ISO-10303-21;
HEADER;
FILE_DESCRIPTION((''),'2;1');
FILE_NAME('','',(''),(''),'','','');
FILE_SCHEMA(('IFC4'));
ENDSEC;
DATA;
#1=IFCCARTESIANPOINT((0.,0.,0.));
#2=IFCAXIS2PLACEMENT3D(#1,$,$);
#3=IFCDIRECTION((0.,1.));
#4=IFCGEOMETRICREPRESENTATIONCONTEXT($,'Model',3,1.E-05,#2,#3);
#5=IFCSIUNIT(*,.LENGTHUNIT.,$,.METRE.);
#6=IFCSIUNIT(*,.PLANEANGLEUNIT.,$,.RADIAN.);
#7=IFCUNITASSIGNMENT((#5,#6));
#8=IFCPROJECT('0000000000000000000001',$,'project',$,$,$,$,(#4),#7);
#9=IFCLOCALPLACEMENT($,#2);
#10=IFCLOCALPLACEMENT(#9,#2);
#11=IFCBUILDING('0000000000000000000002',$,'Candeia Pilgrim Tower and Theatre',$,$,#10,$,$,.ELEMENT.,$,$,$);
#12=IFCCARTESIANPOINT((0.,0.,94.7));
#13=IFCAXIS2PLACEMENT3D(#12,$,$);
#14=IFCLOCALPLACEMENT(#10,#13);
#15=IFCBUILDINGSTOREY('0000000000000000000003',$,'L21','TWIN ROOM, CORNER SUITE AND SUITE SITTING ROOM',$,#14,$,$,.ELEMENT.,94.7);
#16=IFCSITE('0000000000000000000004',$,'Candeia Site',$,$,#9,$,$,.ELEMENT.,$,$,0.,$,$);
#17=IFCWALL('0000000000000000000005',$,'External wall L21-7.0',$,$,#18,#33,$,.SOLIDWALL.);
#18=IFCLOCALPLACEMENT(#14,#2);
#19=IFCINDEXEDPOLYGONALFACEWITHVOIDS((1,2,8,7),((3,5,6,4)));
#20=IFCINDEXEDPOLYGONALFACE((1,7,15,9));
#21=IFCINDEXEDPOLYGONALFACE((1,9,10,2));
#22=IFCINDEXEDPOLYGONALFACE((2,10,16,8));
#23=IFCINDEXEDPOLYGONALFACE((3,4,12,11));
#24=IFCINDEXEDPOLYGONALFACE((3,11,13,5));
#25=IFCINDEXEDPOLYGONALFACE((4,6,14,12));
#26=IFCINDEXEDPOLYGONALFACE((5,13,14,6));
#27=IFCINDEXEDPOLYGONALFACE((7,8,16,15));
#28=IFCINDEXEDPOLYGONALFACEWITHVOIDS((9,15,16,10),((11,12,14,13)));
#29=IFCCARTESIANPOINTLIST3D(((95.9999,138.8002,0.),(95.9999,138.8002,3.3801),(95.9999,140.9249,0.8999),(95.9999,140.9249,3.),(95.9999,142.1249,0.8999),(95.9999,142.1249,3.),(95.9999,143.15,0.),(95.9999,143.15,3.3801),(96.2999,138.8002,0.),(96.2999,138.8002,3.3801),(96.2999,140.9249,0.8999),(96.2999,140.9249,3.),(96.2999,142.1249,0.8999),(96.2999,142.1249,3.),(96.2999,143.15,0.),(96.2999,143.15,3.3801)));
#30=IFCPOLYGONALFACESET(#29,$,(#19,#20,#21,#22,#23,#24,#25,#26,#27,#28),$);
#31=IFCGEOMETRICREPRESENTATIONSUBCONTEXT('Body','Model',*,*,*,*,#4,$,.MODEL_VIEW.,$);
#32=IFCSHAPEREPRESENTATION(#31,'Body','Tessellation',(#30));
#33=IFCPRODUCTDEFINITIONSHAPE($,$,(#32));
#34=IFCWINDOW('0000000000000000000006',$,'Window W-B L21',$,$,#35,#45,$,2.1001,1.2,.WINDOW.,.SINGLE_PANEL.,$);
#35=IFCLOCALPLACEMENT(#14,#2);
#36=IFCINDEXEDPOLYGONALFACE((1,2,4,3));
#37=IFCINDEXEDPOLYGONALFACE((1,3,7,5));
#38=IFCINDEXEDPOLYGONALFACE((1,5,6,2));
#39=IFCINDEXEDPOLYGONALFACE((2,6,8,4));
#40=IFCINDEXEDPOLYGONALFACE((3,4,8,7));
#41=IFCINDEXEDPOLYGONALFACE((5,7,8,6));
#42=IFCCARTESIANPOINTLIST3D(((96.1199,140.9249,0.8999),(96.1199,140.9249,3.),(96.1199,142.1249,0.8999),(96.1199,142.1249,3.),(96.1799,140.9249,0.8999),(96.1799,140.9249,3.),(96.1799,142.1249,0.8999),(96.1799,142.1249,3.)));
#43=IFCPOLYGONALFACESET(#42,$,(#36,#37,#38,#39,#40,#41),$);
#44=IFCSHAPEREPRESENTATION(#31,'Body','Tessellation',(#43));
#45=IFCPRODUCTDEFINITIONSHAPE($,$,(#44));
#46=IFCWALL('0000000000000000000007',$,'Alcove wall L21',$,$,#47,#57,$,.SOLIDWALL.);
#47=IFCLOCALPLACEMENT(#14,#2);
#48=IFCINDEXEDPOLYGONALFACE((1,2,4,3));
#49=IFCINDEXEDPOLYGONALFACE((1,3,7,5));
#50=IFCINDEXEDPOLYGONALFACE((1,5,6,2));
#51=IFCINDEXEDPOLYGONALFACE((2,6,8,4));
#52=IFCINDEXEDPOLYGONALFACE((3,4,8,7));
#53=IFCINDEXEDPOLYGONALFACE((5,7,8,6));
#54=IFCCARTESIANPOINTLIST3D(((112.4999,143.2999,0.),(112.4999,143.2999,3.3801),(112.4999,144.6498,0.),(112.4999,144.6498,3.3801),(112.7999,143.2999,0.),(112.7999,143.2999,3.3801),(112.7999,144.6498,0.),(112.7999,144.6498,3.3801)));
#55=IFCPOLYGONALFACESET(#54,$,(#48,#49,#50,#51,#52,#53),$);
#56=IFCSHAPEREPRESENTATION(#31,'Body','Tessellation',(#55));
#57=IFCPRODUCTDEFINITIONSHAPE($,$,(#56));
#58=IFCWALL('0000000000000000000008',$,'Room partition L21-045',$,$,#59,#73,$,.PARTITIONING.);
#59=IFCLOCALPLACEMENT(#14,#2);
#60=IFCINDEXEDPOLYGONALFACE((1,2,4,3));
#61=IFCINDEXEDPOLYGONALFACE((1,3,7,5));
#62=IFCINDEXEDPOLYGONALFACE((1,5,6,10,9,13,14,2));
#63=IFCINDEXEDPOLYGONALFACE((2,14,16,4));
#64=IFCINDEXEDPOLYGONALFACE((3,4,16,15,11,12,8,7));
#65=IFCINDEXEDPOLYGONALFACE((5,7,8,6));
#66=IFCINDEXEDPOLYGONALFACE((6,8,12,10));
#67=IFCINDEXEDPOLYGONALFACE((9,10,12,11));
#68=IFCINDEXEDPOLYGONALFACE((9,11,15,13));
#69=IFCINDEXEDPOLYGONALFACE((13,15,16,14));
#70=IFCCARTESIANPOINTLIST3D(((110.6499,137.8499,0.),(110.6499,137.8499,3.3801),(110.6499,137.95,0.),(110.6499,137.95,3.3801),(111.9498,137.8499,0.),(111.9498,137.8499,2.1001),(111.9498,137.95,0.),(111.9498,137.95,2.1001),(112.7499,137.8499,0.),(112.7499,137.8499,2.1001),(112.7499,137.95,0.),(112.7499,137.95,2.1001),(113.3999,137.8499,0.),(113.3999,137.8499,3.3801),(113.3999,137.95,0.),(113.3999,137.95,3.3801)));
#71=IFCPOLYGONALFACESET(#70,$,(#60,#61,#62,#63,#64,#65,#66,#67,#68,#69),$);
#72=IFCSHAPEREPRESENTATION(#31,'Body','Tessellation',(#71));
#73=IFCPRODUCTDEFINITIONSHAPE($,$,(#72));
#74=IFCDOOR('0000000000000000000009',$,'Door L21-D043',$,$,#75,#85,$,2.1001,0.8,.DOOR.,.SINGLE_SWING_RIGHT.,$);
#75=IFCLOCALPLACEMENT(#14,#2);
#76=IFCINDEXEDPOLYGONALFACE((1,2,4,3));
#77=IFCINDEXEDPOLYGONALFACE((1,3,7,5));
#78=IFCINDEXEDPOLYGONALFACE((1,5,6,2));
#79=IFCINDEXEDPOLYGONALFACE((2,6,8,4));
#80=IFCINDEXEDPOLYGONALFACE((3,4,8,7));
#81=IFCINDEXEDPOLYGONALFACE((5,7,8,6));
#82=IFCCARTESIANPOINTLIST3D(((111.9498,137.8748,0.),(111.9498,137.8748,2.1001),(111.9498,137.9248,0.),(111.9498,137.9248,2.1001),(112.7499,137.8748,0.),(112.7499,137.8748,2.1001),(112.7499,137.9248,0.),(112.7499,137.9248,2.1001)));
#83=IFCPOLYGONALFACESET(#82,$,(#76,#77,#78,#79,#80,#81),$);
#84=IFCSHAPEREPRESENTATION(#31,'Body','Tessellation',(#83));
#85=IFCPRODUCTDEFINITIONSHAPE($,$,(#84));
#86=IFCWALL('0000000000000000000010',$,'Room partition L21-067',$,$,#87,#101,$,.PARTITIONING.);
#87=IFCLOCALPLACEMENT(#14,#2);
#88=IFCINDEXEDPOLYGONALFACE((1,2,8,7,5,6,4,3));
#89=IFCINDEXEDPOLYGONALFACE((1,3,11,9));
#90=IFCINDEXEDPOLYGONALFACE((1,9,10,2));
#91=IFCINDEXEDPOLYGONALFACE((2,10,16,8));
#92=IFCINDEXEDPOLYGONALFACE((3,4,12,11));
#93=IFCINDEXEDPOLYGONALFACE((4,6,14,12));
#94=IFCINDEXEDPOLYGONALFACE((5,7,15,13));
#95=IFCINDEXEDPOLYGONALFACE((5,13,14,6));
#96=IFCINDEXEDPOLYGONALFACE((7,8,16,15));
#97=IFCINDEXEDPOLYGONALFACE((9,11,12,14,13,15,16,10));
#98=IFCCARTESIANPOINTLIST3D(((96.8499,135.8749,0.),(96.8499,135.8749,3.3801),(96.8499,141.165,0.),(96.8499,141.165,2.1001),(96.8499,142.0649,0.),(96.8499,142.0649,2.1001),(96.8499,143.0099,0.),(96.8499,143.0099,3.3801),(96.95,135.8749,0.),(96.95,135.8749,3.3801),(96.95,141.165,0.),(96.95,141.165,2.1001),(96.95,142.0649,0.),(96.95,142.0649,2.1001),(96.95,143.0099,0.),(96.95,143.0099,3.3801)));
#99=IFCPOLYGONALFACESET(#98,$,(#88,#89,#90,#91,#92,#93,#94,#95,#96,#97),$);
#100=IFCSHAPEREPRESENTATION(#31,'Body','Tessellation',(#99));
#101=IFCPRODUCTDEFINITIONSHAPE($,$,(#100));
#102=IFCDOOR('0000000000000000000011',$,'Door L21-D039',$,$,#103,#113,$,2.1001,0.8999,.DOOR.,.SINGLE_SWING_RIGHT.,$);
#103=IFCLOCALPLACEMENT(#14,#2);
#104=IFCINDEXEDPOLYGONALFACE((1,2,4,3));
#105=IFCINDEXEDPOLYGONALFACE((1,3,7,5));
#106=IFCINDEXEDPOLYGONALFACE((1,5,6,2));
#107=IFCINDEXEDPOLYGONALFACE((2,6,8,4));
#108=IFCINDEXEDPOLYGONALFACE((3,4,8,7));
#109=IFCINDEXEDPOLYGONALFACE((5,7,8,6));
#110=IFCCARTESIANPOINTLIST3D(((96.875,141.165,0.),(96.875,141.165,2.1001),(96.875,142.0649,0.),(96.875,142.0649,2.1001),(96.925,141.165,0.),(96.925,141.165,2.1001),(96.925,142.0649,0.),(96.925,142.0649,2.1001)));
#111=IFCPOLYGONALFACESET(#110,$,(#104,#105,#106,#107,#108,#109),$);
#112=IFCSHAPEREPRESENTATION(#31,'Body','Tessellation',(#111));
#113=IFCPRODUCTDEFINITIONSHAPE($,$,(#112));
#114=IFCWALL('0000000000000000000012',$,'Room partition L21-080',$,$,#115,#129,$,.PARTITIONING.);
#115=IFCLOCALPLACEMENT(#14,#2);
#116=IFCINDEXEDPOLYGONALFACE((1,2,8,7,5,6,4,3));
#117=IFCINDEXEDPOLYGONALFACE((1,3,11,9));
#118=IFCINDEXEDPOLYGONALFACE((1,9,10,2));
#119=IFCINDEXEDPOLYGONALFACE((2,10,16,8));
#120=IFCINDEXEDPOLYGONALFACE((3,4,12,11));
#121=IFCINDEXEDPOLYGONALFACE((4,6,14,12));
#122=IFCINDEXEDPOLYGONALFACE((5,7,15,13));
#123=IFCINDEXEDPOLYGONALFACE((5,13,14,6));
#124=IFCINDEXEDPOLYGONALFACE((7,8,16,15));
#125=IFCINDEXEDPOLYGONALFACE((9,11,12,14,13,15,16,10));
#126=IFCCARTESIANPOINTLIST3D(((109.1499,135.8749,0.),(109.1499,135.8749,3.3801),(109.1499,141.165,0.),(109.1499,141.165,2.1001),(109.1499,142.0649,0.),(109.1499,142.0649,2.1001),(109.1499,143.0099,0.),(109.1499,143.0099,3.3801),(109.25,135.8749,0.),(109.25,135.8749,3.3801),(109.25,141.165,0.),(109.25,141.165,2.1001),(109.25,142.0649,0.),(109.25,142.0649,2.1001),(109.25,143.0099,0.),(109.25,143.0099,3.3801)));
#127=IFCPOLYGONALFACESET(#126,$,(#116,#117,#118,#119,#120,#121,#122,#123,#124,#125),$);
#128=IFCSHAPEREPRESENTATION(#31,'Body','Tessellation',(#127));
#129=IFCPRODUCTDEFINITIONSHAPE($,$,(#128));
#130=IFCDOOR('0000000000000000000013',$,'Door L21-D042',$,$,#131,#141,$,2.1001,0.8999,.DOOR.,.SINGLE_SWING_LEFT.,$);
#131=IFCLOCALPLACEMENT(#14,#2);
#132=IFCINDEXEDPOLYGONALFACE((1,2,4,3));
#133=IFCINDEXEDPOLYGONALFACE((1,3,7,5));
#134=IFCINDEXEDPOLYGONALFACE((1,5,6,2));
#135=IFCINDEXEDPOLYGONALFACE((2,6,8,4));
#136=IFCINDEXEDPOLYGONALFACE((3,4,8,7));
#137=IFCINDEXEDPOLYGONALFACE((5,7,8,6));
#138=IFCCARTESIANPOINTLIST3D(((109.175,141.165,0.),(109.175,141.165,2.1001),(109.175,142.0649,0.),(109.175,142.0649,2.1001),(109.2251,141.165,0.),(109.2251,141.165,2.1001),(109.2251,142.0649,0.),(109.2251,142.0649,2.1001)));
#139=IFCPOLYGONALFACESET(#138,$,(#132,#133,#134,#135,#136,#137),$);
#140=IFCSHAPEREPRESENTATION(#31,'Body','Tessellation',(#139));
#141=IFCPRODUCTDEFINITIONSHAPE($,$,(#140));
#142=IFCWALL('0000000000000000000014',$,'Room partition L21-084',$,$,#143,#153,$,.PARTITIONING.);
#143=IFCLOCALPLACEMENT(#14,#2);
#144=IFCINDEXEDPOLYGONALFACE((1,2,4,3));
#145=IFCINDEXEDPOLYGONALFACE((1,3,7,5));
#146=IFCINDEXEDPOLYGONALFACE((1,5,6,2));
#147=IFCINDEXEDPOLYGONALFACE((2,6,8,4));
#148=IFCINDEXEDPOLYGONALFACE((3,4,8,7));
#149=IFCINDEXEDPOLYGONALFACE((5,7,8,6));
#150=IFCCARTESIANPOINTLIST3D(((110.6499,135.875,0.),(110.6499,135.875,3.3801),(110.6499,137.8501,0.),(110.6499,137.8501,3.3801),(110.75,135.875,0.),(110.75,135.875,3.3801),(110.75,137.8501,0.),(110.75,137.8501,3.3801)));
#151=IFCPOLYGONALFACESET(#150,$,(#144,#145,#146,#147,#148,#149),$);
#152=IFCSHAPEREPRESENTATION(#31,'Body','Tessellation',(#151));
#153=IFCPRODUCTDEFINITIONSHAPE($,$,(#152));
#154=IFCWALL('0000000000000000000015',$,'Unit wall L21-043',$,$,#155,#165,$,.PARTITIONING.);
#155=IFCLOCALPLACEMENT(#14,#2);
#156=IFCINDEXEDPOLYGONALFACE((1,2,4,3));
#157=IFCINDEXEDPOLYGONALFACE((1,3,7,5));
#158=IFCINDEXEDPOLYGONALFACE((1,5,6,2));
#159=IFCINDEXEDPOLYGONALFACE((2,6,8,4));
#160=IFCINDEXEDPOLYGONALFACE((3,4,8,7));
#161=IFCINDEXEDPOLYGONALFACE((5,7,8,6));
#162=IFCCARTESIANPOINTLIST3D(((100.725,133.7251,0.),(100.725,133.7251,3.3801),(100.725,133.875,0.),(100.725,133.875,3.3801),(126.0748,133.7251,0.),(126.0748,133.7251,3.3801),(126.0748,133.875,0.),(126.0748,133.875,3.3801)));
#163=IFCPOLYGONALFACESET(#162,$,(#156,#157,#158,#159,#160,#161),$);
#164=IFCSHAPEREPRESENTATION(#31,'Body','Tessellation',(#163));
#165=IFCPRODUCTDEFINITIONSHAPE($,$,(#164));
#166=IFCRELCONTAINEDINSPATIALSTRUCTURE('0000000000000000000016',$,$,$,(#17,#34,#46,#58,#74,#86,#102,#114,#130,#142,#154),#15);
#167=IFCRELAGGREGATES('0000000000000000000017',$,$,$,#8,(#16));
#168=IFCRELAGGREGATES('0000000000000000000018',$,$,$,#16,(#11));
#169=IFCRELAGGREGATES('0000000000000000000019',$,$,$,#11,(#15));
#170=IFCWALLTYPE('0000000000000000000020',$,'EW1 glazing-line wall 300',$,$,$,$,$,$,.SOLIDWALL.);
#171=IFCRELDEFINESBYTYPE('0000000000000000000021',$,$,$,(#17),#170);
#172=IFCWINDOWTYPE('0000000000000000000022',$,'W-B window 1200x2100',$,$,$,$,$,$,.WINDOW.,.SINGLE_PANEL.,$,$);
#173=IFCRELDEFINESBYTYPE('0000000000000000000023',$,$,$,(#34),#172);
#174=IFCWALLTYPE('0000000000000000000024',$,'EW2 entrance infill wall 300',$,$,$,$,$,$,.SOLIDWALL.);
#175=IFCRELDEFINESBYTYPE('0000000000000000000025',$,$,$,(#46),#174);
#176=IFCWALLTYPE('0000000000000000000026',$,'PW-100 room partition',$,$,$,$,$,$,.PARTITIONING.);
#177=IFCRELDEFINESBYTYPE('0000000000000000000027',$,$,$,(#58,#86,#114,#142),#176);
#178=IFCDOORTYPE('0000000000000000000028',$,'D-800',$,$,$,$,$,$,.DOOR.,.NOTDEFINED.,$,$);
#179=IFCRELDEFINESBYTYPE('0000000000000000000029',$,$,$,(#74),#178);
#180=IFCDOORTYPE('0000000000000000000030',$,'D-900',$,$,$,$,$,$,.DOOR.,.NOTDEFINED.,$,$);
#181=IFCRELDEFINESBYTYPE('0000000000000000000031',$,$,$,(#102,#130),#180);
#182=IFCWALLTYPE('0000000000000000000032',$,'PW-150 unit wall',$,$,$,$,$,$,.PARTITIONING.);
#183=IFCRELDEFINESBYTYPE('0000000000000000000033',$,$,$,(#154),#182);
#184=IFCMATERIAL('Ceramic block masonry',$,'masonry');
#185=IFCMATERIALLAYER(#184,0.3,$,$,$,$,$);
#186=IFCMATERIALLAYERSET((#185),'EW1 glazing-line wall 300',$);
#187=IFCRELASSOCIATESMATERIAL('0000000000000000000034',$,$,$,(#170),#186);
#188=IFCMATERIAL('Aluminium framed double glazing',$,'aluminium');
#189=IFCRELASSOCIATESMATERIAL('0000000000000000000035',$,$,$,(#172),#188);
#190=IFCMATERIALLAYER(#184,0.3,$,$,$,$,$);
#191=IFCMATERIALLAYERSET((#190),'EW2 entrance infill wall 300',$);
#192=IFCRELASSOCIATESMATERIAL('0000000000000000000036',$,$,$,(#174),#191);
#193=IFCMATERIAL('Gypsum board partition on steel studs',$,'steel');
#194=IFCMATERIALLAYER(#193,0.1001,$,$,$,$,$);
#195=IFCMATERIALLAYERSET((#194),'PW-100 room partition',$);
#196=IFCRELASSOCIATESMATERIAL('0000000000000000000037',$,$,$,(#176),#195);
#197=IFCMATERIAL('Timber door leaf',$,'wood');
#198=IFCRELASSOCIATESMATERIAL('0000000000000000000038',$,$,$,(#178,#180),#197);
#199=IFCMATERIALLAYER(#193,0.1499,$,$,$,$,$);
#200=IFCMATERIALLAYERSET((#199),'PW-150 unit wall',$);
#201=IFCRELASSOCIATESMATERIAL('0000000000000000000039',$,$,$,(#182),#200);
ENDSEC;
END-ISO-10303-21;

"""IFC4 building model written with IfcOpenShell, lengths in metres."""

from ifc_helpers import new_model, si_unit, direction, frame, frame_2d, origin, place, context, subcontext, project, spatial, rectangle, extrude, material, layer, layer_set, type_object, element, fill, save


model = new_model("IFC4")

# Units and contexts
model_context = context("Model", 3, precision=1e-05, world=origin(), true_north=direction((0.0, 1.0)))
body_context = subcontext(model_context, "Body", "Model", "MODEL_VIEW")
ifc_project = project(units=[si_unit("LENGTHUNIT", "METRE"), si_unit("PLANEANGLEUNIT", "RADIAN")], contexts=[model_context])

# Site, building, storey
site_placement = place(None, origin())
site = spatial("IfcSite", under=ifc_project, at=site_placement, Name="Candeia Site", CompositionType="ELEMENT", RefElevation=0.0)
building_placement = place(site_placement, origin())
building = spatial("IfcBuilding", under=site, at=building_placement, Name="Candeia Pilgrim Tower and Theatre", CompositionType="ELEMENT")
storey_placement = place(building_placement, frame((0.0, 0.0, 94.7)))
storey = spatial("IfcBuildingStorey", under=building, at=storey_placement, Name="L21", Description="TWIN ROOM, CORNER SUITE AND SUITE SITTING ROOM", CompositionType="ELEMENT", Elevation=94.7)

# Shared definitions
ifc_material_1 = material(Name="Ceramic block masonry", Category="masonry")
ifc_layer_1 = layer(ifc_material_1, 0.3)
ifc_layer_set_1 = layer_set([ifc_layer_1], Name="EW1 glazing-line wall 300")
wall_type_1 = type_object("IfcWallType", Name="EW1 glazing-line wall 300", PredefinedType="SOLIDWALL", material=ifc_layer_set_1)
ifc_material_2 = material(Name="Aluminium framed double glazing", Category="aluminium")

# Wall, opening, window
wall_1_placement = place(storey_placement, frame((96.1499, 143.1499, 0.0), z_axis=(0.0, 0.0, 1.0), x_axis=(0.0, -1.0, 0.0)))
wall_1 = element("IfcWall", 1, at=wall_1_placement, inside=storey, type_object=wall_type_1, Name="External wall L21-7.0", PredefinedType="SOLIDWALL", context=body_context, shape_type="SweptSolid", body=[
    extrude(rectangle(XDim=4.3499, YDim=0.3, at=frame_2d((2.1748, 0.0))), origin(), (0.0, 0.0, 1.0), 3.3801),
])
opening_1_placement = place(wall_1_placement, frame((1.0249, 0.0, 0.8999)))
opening_1 = element("IfcOpeningElement", 2, at=opening_1_placement, cuts=wall_1, PredefinedType="OPENING", context=body_context, shape_type="SweptSolid", body=[
    extrude(rectangle(XDim=1.2, YDim=2.1001, at=frame_2d((0.6001, 1.05))), frame((0.0, 0.1602, 0.0), z_axis=(0.0, -1.0, 0.0), x_axis=(1.0, 0.0, 0.0)), (0.0, 0.0, 1.0), 0.3201),
])
window_type_1 = type_object("IfcWindowType", Name="W-B window 1200x2100", PartitioningType="SINGLE_PANEL", PredefinedType="WINDOW", material=ifc_material_2)
window_1_placement = place(opening_1_placement, origin())
window_1 = element("IfcWindow", 3, at=window_1_placement, inside=storey, type_object=window_type_1, Name="Window W-B L21", OverallHeight=2.1001, OverallWidth=1.2, PartitioningType="SINGLE_PANEL", PredefinedType="WINDOW", context=body_context, shape_type="SweptSolid", body=[
    extrude(rectangle(XDim=1.2, YDim=2.1001, at=frame_2d((0.6001, 1.05))), frame((0.0, 0.03, 0.0), z_axis=(0.0, -1.0, 0.0), x_axis=(1.0, 0.0, 0.0)), (0.0, 0.0, 1.0), 0.0601),
])
fill(opening_1, window_1)

# Wall
ifc_layer_2 = layer(ifc_material_1, 0.3)
ifc_layer_set_2 = layer_set([ifc_layer_2], Name="EW2 entrance infill wall 300")
wall_type_2 = type_object("IfcWallType", Name="EW2 entrance infill wall 300", PredefinedType="SOLIDWALL", material=ifc_layer_set_2)
wall_2_placement = place(storey_placement, frame((112.6499, 143.3, 0.0), z_axis=(0.0, 0.0, 1.0), x_axis=(0.0, 1.0, 0.0)))
element("IfcWall", 4, at=wall_2_placement, inside=storey, type_object=wall_type_2, Name="Alcove wall L21", PredefinedType="SOLIDWALL", context=body_context, shape_type="SweptSolid", body=[
    extrude(rectangle(XDim=1.3499, YDim=0.3, at=frame_2d((0.6748, 0.0))), origin(), (0.0, 0.0, 1.0), 3.3801),
])

# Walls, openings, doors
ifc_material_3 = material(Name="Gypsum board partition on steel studs", Category="steel")
ifc_layer_3 = layer(ifc_material_3, 0.1001)
ifc_layer_set_3 = layer_set([ifc_layer_3], Name="PW-100 room partition")
wall_type_3 = type_object("IfcWallType", Name="PW-100 room partition", PredefinedType="PARTITIONING", material=ifc_layer_set_3)
wall_3_placement = place(storey_placement, frame((110.6499, 137.8999, 0.0), z_axis=(0.0, 0.0, 1.0), x_axis=(1.0, 0.0, 0.0)))
wall_3 = element("IfcWall", 5, at=wall_3_placement, inside=storey, type_object=wall_type_3, Name="Room partition L21-045", PredefinedType="PARTITIONING", context=body_context, shape_type="SweptSolid", body=[
    extrude(rectangle(XDim=2.75, YDim=0.1001, at=frame_2d((1.375, 0.0))), origin(), (0.0, 0.0, 1.0), 3.3801),
])
opening_2_placement = place(wall_3_placement, frame((1.3, 0.0, 0.0)))
opening_2 = element("IfcOpeningElement", 6, at=opening_2_placement, cuts=wall_3, PredefinedType="OPENING", context=body_context, shape_type="SweptSolid", body=[
    extrude(rectangle(XDim=0.8, YDim=2.1001, at=frame_2d((0.3999, 1.05))), frame((0.0, 0.0601, 0.0), z_axis=(0.0, -1.0, 0.0), x_axis=(1.0, 0.0, 0.0)), (0.0, 0.0, 1.0), 0.1201),
])
ifc_material_4 = material(Name="Timber door leaf", Category="wood")
door_type_1 = type_object("IfcDoorType", Name="D-800", OperationType="NOTDEFINED", PredefinedType="DOOR", material=ifc_material_4)
door_1_placement = place(opening_2_placement, origin())
door_1 = element("IfcDoor", 7, at=door_1_placement, inside=storey, type_object=door_type_1, Name="Door L21-D043", OperationType="SINGLE_SWING_RIGHT", OverallHeight=2.1001, OverallWidth=0.8, PredefinedType="DOOR", context=body_context, shape_type="SweptSolid", body=[
    extrude(rectangle(XDim=0.8, YDim=2.1001, at=frame_2d((0.3999, 1.05))), frame((0.0, 0.0249, 0.0), z_axis=(0.0, -1.0, 0.0), x_axis=(1.0, 0.0, 0.0)), (0.0, 0.0, 1.0), 0.05),
])
fill(opening_2, door_1)
wall_4_placement = place(storey_placement, frame((96.8999, 135.875, 0.0), z_axis=(0.0, 0.0, 1.0), x_axis=(0.0, 1.0, 0.0)))
wall_4 = element("IfcWall", 8, at=wall_4_placement, inside=storey, type_object=wall_type_3, Name="Room partition L21-067", PredefinedType="PARTITIONING", context=body_context, shape_type="SweptSolid", body=[
    extrude(rectangle(XDim=7.135, YDim=0.1001, at=frame_2d((3.5674, 0.0))), origin(), (0.0, 0.0, 1.0), 3.3801),
])
opening_3_placement = place(wall_4_placement, frame((5.29, 0.0, 0.0)))
opening_3 = element("IfcOpeningElement", 9, at=opening_3_placement, cuts=wall_4, PredefinedType="OPENING", context=body_context, shape_type="SweptSolid", body=[
    extrude(rectangle(XDim=0.8999, YDim=2.1001, at=frame_2d((0.45, 1.05))), frame((0.0, 0.0601, 0.0), z_axis=(0.0, -1.0, 0.0), x_axis=(1.0, 0.0, 0.0)), (0.0, 0.0, 1.0), 0.1201),
])
door_type_2 = type_object("IfcDoorType", Name="D-900", OperationType="NOTDEFINED", PredefinedType="DOOR", material=ifc_material_4)
door_2_placement = place(opening_3_placement, origin())
door_2 = element("IfcDoor", 10, at=door_2_placement, inside=storey, type_object=door_type_2, Name="Door L21-D039", OperationType="SINGLE_SWING_RIGHT", OverallHeight=2.1001, OverallWidth=0.8999, PredefinedType="DOOR", context=body_context, shape_type="SweptSolid", body=[
    extrude(rectangle(XDim=0.8999, YDim=2.1001, at=frame_2d((0.45, 1.05))), frame((0.0, 0.0249, 0.0), z_axis=(0.0, -1.0, 0.0), x_axis=(1.0, 0.0, 0.0)), (0.0, 0.0, 1.0), 0.05),
])
fill(opening_3, door_2)
wall_5_placement = place(storey_placement, frame((109.2, 135.875, 0.0), z_axis=(0.0, 0.0, 1.0), x_axis=(0.0, 1.0, 0.0)))
wall_5 = element("IfcWall", 11, at=wall_5_placement, inside=storey, type_object=wall_type_3, Name="Room partition L21-080", PredefinedType="PARTITIONING", context=body_context, shape_type="SweptSolid", body=[
    extrude(rectangle(XDim=7.135, YDim=0.1001, at=frame_2d((3.5674, 0.0))), origin(), (0.0, 0.0, 1.0), 3.3801),
])
opening_4_placement = place(wall_5_placement, frame((5.29, 0.0, 0.0)))
opening_4 = element("IfcOpeningElement", 12, at=opening_4_placement, cuts=wall_5, PredefinedType="OPENING", context=body_context, shape_type="SweptSolid", body=[
    extrude(rectangle(XDim=0.8999, YDim=2.1001, at=frame_2d((0.45, 1.05))), frame((0.0, 0.0601, 0.0), z_axis=(0.0, -1.0, 0.0), x_axis=(1.0, 0.0, 0.0)), (0.0, 0.0, 1.0), 0.1201),
])
door_3_placement = place(opening_4_placement, origin())
door_3 = element("IfcDoor", 13, at=door_3_placement, inside=storey, type_object=door_type_2, Name="Door L21-D042", OperationType="SINGLE_SWING_LEFT", OverallHeight=2.1001, OverallWidth=0.8999, PredefinedType="DOOR", context=body_context, shape_type="SweptSolid", body=[
    extrude(rectangle(XDim=0.8999, YDim=2.1001, at=frame_2d((0.45, 1.05))), frame((0.0, 0.0249, 0.0), z_axis=(0.0, -1.0, 0.0), x_axis=(1.0, 0.0, 0.0)), (0.0, 0.0, 1.0), 0.05),
])
fill(opening_4, door_3)

# Walls
wall_6_placement = place(storey_placement, frame((110.7, 135.875, 0.0), z_axis=(0.0, 0.0, 1.0), x_axis=(0.0, 1.0, 0.0)))
element("IfcWall", 14, at=wall_6_placement, inside=storey, type_object=wall_type_3, Name="Room partition L21-084", PredefinedType="PARTITIONING", context=body_context, shape_type="SweptSolid", body=[
    extrude(rectangle(XDim=1.9751, YDim=0.1001, at=frame_2d((0.9875, 0.0))), origin(), (0.0, 0.0, 1.0), 3.3801),
])
ifc_layer_4 = layer(ifc_material_3, 0.1499)
ifc_layer_set_4 = layer_set([ifc_layer_4], Name="PW-150 unit wall")
wall_type_4 = type_object("IfcWallType", Name="PW-150 unit wall", PredefinedType="PARTITIONING", material=ifc_layer_set_4)
wall_7_placement = place(storey_placement, frame((100.7251, 133.8, 0.0), z_axis=(0.0, 0.0, 1.0), x_axis=(1.0, 0.0, 0.0)))
element("IfcWall", 15, at=wall_7_placement, inside=storey, type_object=wall_type_4, Name="Unit wall L21-043", PredefinedType="PARTITIONING", context=body_context, shape_type="SweptSolid", body=[
    extrude(rectangle(XDim=25.3499, YDim=0.1499, at=frame_2d((12.6748, 0.0))), origin(), (0.0, 0.0, 1.0), 3.3801),
])

save(model, "model.ifc")
